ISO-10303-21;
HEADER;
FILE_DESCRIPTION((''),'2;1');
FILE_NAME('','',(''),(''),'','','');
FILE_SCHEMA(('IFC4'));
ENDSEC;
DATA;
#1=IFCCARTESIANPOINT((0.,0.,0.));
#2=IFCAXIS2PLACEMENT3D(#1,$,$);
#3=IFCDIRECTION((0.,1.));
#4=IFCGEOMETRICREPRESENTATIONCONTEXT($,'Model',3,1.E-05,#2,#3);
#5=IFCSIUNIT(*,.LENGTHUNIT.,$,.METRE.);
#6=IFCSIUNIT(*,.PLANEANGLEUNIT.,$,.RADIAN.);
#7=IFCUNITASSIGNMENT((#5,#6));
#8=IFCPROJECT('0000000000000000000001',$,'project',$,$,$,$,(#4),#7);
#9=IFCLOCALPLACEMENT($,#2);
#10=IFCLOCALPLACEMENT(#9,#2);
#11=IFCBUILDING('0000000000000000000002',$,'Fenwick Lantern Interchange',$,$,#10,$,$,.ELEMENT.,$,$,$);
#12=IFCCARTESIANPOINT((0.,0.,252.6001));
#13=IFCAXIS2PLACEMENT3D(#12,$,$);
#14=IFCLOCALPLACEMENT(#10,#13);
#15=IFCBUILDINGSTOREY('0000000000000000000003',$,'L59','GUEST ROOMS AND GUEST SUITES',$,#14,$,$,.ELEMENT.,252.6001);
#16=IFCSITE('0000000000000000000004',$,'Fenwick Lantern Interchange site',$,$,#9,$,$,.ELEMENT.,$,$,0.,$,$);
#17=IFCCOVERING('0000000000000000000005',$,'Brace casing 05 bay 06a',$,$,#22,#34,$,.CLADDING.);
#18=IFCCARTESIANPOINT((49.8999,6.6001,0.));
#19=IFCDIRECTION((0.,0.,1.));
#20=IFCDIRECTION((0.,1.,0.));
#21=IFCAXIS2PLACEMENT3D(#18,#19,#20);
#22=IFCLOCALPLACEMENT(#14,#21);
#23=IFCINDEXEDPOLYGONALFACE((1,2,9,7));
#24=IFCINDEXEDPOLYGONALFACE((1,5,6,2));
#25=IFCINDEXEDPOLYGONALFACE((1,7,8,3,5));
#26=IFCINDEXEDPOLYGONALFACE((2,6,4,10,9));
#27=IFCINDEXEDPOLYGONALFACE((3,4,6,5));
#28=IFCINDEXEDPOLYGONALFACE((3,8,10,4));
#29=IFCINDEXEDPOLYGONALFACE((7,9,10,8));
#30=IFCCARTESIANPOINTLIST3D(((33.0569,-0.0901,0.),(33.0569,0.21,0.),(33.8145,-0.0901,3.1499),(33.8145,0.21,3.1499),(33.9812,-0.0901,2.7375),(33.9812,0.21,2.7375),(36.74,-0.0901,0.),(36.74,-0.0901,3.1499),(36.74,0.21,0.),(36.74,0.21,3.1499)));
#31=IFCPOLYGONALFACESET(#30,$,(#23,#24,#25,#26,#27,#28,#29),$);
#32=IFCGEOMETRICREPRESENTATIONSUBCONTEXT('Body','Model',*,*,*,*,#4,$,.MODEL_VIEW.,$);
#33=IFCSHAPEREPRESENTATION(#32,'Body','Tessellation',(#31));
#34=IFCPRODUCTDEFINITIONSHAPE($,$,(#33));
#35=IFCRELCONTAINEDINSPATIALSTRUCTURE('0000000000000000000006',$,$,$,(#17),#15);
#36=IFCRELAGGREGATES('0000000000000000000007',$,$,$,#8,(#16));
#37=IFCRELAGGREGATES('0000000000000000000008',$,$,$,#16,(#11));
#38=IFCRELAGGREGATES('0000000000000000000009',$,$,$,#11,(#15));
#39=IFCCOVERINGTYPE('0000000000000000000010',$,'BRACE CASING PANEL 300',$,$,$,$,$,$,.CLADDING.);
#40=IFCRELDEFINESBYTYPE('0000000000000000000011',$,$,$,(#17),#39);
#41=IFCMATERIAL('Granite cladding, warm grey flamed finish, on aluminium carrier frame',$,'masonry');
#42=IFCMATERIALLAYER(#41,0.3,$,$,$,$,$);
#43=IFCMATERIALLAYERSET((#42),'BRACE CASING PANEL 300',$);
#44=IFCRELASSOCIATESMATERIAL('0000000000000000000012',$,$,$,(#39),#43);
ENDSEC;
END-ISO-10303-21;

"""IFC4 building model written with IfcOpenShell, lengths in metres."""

from ifc_helpers import new_model, si_unit, direction, frame, origin, place, context, subcontext, project, spatial, polyline, outline, extrude, material, layer, layer_set, type_object, element, save


model = new_model("IFC4")

# Units and contexts
model_context = context("Model", 3, precision=1e-05, world=origin(), true_north=direction((0.0, 1.0)))
body_context = subcontext(model_context, "Body", "Model", "MODEL_VIEW")
ifc_project = project(units=[si_unit("LENGTHUNIT", "METRE"), si_unit("PLANEANGLEUNIT", "RADIAN")], contexts=[model_context])

# Site, building, storey
site_placement = place(None, origin())
site = spatial("IfcSite", under=ifc_project, at=site_placement, Name="Fenwick Lantern Interchange site", CompositionType="ELEMENT", RefElevation=0.0)
building_placement = place(site_placement, origin())
building = spatial("IfcBuilding", under=site, at=building_placement, Name="Fenwick Lantern Interchange", CompositionType="ELEMENT")
storey_placement = place(building_placement, frame((0.0, 0.0, 252.6001)))
storey = spatial("IfcBuildingStorey", under=building, at=storey_placement, Name="L59", Description="GUEST ROOMS AND GUEST SUITES", CompositionType="ELEMENT", Elevation=252.6001)

# Covering
ifc_material_1 = material(Name="Granite cladding, warm grey flamed finish, on aluminium carrier frame", Category="masonry")
ifc_layer_1 = layer(ifc_material_1, 0.3)
ifc_layer_set_1 = layer_set([ifc_layer_1], Name="BRACE CASING PANEL 300")
covering_type = type_object("IfcCoveringType", Name="BRACE CASING PANEL 300", PredefinedType="CLADDING", material=ifc_layer_set_1)
covering_1_placement = place(storey_placement, frame((49.8999, 6.6001, 0.0), z_axis=(0.0, 0.0, 1.0), x_axis=(0.0, 1.0, 0.0)))
element("IfcCovering", 1, at=covering_1_placement, inside=storey, type_object=covering_type, Name="Brace casing 05 bay 06a", PredefinedType="CLADDING", context=body_context, shape_type="SweptSolid", body=[
    extrude(outline(polyline([(33.0569, 0.0), (36.74, 0.0), (36.74, 3.1499), (33.8145, 3.1499), (33.9812, 2.7375), (33.0569, 0.0)])), frame((0.0, 0.21, 0.0), z_axis=(0.0, -1.0, 0.0), x_axis=(1.0, 0.0, 0.0)), (0.0, 0.0, 1.0), 0.3),
])

save(model, "model.ifc")
